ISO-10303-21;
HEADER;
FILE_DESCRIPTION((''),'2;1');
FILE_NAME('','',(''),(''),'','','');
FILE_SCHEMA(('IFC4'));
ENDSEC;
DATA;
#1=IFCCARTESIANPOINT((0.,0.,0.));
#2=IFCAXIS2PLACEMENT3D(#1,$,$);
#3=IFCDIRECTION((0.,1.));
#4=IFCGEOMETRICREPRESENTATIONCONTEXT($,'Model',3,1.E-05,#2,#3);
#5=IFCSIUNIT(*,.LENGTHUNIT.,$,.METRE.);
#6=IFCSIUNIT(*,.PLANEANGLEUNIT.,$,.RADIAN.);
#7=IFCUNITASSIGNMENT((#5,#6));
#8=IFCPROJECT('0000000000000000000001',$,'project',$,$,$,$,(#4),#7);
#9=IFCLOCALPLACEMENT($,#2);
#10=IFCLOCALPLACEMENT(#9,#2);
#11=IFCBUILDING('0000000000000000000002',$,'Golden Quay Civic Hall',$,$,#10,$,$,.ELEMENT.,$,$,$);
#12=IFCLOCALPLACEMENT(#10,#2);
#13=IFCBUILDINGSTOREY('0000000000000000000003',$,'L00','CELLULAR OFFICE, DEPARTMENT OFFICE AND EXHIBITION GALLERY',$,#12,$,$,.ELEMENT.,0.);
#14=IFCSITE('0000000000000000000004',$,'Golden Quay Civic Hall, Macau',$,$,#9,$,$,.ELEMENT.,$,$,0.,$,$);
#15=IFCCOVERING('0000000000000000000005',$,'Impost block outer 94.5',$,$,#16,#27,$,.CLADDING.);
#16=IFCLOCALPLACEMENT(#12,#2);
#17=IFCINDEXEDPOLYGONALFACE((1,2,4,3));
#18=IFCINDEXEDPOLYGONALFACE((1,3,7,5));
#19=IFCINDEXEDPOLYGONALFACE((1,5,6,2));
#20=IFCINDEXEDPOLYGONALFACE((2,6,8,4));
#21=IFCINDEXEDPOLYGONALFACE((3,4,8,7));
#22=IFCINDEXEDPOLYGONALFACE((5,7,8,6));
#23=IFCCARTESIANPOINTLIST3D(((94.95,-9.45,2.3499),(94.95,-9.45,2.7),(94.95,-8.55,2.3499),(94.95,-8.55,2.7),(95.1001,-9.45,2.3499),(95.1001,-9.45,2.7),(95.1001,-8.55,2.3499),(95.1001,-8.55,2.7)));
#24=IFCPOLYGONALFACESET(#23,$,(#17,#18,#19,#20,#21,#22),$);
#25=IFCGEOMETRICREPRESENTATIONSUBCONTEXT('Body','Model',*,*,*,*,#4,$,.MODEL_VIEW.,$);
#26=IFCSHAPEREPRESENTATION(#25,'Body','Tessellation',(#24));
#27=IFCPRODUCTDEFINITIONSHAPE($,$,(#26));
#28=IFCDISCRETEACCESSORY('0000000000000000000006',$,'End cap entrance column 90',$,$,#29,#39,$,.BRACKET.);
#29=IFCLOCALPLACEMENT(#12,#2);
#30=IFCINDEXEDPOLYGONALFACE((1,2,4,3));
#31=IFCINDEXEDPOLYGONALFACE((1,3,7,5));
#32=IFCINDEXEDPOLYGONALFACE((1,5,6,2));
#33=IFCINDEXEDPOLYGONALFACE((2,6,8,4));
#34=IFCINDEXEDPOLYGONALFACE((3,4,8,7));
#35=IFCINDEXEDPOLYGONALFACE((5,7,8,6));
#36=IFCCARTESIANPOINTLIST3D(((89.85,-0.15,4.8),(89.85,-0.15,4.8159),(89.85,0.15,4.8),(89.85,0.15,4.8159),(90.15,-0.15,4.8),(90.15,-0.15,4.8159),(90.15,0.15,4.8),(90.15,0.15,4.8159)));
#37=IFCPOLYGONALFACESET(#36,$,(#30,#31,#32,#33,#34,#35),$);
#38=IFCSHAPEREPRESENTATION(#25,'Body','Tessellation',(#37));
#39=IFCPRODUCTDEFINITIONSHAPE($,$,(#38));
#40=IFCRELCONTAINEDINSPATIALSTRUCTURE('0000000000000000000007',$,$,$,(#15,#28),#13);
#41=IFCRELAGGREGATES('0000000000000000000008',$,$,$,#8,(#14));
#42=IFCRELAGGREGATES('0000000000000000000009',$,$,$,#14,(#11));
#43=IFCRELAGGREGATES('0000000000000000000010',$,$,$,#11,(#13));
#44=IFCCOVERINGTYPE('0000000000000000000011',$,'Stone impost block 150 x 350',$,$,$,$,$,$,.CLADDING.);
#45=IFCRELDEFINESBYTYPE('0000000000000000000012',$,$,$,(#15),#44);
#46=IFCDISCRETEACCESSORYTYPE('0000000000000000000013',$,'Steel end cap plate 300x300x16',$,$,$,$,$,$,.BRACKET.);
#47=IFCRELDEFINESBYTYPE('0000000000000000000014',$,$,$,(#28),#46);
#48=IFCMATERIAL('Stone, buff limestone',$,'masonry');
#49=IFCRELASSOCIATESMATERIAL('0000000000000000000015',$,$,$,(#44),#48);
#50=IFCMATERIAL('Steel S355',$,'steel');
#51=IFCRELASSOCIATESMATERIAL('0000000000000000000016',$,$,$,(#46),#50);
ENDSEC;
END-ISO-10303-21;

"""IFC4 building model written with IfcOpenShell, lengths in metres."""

from ifc_helpers import new_model, si_unit, direction, frame, origin, origin_2d, place, context, subcontext, project, spatial, rectangle, extrude, material, material_profile, profile_set, type_object, element, save


model = new_model("IFC4")

# Units and contexts
model_context = context("Model", 3, precision=1e-05, world=origin(), true_north=direction((0.0, 1.0)))
body_context = subcontext(model_context, "Body", "Model", "MODEL_VIEW")
ifc_project = project(units=[si_unit("LENGTHUNIT", "METRE"), si_unit("PLANEANGLEUNIT", "RADIAN")], contexts=[model_context])

# Site, building, storey
site_placement = place(None, origin())
site = spatial("IfcSite", under=ifc_project, at=site_placement, Name="Golden Quay Civic Hall, Macau", CompositionType="ELEMENT", RefElevation=0.0)
building_placement = place(site_placement, origin())
building = spatial("IfcBuilding", under=site, at=building_placement, Name="Golden Quay Civic Hall", CompositionType="ELEMENT")
storey_placement = place(building_placement, origin())
storey = spatial("IfcBuildingStorey", under=building, at=storey_placement, Name="L00", Description="CELLULAR OFFICE, DEPARTMENT OFFICE AND EXHIBITION GALLERY", CompositionType="ELEMENT", Elevation=0.0)

# Covering
ifc_material_1 = material(Name="Stone, buff limestone", Category="masonry")
ifc_material_profile_1 = material_profile(ifc_material_1, rectangle(XDim=0.8999, YDim=0.3501, at=origin_2d()), Name="RC 900x350")
ifc_profile_set_1 = profile_set([ifc_material_profile_1], Name="Stone, buff limestone")
covering_type = type_object("IfcCoveringType", Name="Stone impost block 150 x 350", PredefinedType="CLADDING", material=ifc_profile_set_1)
covering_placement = place(storey_placement, frame((94.95, -9.0, 2.5249), z_axis=(1.0, 0.0, 0.0), x_axis=(0.0, 1.0, 0.0)))
element("IfcCovering", 1, at=covering_placement, inside=storey, type_object=covering_type, Name="Impost block outer 94.5", PredefinedType="CLADDING", context=body_context, shape_type="SweptSolid", body=[
    extrude(rectangle(XDim=0.8999, YDim=0.3501, at=origin_2d()), origin(), (0.0, 0.0, 1.0), 0.1501),
])

# Discrete accessory
ifc_material_2 = material(Name="Steel S355", Category="steel")
ifc_material_profile_2 = material_profile(ifc_material_2, rectangle(XDim=0.3, YDim=0.3, at=origin_2d()), Name="Steel end cap plate 300x300x16")
ifc_profile_set_2 = profile_set([ifc_material_profile_2], Name="Steel S355")
discrete_accessory_type = type_object("IfcDiscreteAccessoryType", Name="Steel end cap plate 300x300x16", PredefinedType="BRACKET", material=ifc_profile_set_2)
discrete_accessory_placement = place(storey_placement, frame((90.0, 0.0, 4.8), z_axis=(0.0, 0.0, 1.0), x_axis=(1.0, 0.0, 0.0)))
element("IfcDiscreteAccessory", 2, at=discrete_accessory_placement, inside=storey, type_object=discrete_accessory_type, Name="End cap entrance column 90", PredefinedType="BRACKET", context=body_context, shape_type="SweptSolid", body=[
    extrude(rectangle(XDim=0.3, YDim=0.3, at=origin_2d()), origin(), (0.0, 0.0, 1.0), 0.0159),
])

save(model, "model.ifc")
